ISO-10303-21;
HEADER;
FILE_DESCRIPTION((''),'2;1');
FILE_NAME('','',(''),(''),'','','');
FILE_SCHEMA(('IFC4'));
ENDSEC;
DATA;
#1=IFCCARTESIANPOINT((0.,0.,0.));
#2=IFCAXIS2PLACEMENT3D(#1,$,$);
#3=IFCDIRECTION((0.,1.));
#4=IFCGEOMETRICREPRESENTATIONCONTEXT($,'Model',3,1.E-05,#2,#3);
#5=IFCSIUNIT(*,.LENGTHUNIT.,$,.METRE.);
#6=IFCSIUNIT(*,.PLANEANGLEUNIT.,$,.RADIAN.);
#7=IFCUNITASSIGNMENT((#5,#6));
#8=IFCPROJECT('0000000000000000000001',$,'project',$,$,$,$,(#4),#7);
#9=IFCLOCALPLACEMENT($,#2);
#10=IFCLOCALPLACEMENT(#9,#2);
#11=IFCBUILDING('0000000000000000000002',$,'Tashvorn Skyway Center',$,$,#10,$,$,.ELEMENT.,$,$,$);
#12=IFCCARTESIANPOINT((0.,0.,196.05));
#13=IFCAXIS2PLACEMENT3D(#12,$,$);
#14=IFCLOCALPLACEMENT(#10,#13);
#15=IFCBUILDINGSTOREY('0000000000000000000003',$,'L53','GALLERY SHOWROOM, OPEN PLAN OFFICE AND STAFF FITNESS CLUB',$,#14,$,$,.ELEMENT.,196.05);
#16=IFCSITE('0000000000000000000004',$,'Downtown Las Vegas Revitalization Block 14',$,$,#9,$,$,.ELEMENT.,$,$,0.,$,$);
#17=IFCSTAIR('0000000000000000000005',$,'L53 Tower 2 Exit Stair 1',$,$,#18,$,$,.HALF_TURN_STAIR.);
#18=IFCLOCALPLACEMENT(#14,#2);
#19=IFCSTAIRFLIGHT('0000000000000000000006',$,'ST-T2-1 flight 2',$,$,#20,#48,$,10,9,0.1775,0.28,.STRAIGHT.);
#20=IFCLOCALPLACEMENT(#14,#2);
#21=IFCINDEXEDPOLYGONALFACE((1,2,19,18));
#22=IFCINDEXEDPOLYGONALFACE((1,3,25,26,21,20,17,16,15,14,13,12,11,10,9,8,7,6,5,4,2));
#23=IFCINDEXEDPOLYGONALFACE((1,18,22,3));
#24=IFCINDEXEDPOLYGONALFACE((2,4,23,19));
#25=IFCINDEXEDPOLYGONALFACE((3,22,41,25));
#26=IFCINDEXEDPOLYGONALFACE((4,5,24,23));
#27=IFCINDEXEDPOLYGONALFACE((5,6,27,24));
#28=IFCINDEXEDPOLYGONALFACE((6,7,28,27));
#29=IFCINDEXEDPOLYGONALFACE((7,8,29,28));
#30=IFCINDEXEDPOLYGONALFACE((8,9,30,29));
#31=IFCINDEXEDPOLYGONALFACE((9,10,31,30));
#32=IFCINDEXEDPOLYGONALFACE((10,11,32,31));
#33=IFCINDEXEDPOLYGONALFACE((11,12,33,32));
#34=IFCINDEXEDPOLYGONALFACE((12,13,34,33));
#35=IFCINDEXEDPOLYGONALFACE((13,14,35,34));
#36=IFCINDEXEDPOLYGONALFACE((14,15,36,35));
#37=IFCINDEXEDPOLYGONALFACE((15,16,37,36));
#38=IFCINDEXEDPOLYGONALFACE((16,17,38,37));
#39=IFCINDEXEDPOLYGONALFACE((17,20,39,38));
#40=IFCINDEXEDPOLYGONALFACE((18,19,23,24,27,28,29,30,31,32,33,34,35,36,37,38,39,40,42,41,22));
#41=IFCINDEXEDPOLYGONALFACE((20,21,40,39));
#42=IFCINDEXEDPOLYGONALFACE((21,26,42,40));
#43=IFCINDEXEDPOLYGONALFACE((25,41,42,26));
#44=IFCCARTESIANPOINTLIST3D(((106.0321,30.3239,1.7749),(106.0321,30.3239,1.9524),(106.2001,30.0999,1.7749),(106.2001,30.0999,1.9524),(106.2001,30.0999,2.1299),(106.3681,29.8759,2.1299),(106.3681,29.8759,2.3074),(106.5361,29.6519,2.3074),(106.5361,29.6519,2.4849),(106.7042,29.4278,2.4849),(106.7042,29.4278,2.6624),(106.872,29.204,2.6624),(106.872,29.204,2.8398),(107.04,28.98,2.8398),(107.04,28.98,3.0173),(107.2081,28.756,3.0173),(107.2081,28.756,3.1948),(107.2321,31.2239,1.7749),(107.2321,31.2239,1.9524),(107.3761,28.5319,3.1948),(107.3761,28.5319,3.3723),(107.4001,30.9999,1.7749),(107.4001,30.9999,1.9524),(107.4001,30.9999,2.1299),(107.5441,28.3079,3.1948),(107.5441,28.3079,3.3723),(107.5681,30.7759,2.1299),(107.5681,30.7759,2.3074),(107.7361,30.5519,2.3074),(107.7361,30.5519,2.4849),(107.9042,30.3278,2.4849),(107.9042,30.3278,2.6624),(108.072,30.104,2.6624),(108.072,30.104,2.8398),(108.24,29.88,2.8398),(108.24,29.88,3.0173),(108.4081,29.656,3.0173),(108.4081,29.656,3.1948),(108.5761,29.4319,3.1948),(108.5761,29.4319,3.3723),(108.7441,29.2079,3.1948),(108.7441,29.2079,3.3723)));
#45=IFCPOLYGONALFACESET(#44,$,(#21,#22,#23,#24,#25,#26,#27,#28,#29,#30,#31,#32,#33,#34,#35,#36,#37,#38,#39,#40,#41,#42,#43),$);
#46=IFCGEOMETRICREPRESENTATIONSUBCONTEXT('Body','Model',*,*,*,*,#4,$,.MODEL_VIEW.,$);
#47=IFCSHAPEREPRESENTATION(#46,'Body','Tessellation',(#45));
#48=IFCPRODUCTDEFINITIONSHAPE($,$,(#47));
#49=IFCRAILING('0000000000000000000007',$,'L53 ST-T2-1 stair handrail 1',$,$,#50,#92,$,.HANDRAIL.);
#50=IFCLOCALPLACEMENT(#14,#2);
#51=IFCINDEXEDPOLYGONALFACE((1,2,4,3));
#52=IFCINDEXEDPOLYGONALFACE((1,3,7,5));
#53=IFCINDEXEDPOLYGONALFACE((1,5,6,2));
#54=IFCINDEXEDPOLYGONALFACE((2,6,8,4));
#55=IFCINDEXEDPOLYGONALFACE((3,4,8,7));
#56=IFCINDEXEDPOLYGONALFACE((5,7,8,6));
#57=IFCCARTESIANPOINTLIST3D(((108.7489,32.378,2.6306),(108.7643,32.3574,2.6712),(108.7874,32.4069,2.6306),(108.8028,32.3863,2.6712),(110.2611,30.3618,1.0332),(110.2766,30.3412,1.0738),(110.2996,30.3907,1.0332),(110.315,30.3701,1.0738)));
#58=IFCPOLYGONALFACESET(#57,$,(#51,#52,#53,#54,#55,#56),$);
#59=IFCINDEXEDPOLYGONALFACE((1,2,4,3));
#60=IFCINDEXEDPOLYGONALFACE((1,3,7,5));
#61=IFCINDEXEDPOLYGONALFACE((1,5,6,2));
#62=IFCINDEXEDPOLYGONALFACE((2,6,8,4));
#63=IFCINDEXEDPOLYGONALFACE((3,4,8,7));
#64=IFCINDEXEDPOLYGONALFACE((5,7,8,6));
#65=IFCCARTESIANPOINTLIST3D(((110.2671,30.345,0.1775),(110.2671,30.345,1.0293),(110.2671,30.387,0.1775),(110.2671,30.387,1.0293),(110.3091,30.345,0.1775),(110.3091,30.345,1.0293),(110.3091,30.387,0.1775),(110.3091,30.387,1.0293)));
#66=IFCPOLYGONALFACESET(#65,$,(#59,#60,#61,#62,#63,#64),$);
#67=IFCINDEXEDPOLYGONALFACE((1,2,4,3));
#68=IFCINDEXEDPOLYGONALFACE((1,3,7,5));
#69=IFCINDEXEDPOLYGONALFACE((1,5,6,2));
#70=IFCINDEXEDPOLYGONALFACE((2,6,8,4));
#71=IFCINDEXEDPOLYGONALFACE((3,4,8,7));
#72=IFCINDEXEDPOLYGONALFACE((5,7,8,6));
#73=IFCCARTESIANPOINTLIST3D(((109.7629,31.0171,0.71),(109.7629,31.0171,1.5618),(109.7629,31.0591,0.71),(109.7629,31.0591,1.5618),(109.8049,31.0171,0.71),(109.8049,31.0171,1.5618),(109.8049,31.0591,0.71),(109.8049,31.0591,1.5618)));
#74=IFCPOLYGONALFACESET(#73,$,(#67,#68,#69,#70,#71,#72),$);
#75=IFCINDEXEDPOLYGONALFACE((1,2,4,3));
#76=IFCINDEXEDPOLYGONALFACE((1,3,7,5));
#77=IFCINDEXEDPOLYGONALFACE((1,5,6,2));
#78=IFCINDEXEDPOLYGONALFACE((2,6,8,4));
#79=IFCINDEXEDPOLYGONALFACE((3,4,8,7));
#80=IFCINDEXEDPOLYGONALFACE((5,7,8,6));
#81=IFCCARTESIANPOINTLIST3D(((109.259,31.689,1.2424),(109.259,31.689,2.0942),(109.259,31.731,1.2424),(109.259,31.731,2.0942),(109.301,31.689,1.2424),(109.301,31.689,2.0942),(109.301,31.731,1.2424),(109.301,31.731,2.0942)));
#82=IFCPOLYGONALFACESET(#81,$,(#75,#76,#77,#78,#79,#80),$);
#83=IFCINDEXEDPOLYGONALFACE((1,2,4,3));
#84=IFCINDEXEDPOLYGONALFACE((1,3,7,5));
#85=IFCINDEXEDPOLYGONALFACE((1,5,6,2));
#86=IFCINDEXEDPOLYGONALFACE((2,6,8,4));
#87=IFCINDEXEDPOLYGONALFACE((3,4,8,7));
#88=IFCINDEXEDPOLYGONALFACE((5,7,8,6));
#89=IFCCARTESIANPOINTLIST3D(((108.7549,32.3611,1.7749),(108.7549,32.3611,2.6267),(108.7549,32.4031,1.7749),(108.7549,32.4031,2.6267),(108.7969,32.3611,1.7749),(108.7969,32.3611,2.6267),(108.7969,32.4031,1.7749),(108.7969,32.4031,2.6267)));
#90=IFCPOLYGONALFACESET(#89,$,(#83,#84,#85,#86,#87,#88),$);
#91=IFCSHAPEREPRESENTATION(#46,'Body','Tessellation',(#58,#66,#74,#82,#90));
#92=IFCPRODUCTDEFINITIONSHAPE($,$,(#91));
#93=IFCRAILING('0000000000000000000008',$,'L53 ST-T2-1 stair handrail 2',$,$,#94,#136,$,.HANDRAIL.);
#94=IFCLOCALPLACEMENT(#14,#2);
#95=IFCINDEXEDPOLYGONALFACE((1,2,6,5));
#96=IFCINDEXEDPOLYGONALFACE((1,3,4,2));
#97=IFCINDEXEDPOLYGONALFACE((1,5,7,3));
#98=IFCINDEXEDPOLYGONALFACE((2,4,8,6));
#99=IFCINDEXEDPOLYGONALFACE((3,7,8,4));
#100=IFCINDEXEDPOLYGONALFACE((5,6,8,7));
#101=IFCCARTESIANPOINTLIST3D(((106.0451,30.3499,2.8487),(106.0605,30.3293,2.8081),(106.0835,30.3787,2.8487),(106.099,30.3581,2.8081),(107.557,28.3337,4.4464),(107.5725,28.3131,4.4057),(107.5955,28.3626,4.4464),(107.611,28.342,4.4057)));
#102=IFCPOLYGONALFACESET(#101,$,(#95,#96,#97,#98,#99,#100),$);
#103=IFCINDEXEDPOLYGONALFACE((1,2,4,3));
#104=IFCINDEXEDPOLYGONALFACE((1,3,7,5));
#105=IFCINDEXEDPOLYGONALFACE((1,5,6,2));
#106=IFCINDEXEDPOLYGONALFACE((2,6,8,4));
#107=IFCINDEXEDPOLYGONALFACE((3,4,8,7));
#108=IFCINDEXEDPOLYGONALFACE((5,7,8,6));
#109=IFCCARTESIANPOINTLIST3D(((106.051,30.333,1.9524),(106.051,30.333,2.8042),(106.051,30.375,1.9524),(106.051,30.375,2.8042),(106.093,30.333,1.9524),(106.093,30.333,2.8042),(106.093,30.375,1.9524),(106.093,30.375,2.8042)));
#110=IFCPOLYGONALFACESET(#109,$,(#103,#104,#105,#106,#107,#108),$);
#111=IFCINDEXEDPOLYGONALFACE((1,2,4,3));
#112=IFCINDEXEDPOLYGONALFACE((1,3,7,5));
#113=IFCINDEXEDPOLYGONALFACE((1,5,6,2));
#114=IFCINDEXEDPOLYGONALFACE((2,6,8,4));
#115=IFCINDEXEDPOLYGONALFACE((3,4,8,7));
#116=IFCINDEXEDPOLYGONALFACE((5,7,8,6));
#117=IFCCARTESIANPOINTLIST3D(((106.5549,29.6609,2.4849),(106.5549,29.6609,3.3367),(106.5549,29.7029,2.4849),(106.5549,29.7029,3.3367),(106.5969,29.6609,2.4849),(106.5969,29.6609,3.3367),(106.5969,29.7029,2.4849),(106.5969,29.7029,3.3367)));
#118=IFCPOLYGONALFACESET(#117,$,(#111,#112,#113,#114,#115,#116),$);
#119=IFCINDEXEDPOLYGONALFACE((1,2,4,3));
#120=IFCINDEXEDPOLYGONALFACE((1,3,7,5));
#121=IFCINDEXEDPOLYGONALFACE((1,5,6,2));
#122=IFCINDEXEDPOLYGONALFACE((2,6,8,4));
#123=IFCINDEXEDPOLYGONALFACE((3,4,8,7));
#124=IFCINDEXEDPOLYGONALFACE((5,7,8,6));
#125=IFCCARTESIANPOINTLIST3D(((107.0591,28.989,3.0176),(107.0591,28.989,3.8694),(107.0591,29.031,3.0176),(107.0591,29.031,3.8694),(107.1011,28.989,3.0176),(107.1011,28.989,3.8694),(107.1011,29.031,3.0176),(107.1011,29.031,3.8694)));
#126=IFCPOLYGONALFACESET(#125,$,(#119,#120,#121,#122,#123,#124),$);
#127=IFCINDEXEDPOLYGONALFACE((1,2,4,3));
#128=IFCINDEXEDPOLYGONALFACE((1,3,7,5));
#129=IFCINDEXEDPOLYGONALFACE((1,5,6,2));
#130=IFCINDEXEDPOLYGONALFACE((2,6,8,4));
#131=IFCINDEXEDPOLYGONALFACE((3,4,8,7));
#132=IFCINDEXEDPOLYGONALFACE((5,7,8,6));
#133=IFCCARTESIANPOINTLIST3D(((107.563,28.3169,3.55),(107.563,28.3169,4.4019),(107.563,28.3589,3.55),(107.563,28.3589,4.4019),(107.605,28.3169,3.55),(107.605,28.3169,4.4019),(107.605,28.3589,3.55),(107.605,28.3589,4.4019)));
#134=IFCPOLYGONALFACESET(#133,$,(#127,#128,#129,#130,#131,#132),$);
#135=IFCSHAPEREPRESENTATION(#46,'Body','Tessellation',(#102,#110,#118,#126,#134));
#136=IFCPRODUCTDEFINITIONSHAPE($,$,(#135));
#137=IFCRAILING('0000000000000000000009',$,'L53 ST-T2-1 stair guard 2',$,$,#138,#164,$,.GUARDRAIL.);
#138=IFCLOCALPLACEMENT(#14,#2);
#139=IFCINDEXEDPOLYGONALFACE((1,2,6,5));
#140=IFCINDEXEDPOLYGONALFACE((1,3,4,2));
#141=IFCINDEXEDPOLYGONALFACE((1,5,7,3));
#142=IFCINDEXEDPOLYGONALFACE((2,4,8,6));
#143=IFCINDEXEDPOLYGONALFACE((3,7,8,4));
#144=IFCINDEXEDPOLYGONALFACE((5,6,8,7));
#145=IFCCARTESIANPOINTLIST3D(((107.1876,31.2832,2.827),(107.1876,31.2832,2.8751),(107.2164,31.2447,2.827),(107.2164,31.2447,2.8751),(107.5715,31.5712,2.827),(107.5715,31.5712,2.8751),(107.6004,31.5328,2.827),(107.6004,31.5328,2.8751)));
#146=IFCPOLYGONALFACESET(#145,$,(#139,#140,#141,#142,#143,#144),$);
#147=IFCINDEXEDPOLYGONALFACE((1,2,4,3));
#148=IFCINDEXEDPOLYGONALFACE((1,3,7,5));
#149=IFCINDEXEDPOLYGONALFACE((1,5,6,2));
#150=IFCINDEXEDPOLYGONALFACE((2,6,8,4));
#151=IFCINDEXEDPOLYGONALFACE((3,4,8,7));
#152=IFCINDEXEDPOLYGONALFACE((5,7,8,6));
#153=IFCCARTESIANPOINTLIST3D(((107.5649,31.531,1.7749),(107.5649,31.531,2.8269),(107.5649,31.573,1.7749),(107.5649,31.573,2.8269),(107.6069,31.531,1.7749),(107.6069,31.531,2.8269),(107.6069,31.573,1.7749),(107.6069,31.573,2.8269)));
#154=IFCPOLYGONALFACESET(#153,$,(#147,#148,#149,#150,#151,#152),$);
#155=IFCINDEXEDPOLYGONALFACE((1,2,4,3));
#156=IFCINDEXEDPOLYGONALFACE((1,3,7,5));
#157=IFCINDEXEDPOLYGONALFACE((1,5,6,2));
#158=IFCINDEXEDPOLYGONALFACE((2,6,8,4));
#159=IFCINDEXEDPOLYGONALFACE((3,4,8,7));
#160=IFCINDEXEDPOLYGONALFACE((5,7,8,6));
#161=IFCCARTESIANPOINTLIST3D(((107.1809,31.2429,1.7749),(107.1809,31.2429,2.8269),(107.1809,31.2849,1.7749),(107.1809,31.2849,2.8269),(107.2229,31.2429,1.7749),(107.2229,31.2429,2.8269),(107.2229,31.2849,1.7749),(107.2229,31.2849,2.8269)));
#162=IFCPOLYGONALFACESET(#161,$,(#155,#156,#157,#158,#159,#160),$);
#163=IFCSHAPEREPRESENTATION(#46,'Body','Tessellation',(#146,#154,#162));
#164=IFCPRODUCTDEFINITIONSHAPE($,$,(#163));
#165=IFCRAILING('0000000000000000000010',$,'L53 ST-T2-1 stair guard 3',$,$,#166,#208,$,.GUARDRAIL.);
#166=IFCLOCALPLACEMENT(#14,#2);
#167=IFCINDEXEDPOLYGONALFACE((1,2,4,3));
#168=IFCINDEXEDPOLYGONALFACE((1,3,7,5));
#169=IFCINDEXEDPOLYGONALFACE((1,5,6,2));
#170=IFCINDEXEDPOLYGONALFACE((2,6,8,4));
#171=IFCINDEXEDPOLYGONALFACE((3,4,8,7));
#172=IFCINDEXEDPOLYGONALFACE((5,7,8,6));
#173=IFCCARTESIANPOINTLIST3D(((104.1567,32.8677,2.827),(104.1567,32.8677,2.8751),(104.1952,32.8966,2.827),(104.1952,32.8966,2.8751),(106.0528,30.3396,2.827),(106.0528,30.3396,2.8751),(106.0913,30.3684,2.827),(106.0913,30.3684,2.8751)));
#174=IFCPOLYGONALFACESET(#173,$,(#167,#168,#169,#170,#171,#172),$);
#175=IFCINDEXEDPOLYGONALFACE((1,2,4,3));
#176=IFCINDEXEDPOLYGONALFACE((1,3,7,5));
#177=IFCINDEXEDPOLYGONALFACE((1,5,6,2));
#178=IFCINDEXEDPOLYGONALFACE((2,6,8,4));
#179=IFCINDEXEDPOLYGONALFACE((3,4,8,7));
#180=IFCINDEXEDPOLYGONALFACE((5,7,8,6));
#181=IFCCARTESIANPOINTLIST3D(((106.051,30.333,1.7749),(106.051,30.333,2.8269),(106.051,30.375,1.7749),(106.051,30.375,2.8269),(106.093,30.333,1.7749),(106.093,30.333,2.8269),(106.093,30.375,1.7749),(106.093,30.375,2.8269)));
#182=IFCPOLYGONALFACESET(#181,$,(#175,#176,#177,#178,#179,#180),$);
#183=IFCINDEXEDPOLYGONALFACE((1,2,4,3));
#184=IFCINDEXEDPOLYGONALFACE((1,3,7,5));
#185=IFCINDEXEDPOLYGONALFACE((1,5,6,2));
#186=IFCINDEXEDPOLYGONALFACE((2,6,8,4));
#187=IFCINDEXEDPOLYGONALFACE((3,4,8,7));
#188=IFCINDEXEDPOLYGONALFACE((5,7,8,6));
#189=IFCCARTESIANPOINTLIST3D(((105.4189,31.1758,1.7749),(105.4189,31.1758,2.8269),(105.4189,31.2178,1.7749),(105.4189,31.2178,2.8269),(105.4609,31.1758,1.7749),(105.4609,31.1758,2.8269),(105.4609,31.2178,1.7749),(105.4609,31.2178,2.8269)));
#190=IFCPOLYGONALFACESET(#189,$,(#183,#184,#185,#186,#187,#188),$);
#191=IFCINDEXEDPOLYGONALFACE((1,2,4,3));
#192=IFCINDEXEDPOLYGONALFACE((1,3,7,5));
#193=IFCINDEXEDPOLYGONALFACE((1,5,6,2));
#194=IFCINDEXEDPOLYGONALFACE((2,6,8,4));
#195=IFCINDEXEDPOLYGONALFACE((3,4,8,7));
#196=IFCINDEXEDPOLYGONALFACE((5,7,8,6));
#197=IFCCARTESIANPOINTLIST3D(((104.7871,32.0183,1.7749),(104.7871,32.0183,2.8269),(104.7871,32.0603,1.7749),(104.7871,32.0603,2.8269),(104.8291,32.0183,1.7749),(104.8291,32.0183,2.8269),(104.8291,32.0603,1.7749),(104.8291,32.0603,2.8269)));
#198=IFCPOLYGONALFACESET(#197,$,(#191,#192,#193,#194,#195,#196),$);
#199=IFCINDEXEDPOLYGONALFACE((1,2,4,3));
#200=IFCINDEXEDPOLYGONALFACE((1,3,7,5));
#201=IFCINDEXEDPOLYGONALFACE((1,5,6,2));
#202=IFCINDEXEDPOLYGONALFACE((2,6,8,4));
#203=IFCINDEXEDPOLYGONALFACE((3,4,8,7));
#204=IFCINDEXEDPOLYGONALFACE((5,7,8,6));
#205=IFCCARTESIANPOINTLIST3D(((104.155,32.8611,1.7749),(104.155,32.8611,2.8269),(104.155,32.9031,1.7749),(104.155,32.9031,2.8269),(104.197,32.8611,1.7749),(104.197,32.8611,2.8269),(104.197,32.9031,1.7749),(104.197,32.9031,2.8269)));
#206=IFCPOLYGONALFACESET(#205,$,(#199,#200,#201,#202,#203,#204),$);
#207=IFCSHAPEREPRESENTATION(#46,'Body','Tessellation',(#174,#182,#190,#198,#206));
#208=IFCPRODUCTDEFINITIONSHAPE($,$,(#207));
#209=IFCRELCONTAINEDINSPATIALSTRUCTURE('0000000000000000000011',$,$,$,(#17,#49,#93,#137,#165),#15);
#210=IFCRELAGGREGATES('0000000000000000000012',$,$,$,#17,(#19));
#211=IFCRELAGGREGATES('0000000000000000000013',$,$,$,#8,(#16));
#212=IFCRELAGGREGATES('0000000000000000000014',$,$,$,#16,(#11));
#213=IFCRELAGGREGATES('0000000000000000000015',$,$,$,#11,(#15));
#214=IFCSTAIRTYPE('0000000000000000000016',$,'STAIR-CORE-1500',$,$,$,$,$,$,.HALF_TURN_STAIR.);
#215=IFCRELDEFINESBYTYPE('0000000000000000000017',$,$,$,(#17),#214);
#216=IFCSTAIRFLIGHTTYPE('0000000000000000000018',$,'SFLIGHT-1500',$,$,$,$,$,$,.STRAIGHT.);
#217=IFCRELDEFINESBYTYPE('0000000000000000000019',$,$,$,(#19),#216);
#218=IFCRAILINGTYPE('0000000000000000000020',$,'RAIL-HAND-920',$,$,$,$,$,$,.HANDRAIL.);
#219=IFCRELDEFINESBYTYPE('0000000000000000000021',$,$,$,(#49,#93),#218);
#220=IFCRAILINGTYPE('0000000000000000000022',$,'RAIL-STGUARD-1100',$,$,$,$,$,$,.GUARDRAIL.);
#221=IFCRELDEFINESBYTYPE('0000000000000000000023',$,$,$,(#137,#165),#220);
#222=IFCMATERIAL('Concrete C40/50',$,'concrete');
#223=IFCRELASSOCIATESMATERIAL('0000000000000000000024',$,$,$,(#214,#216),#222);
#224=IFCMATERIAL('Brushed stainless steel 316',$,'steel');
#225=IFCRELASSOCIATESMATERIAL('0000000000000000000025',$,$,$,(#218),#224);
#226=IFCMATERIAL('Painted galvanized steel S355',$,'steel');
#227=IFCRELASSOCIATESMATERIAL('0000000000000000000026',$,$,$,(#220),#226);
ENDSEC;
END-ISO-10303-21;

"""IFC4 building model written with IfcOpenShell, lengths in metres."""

from ifc_helpers import new_model, si_unit, direction, frame, origin, origin_2d, place, context, subcontext, project, spatial, polyline, rectangle, outline, extrude, material, type_object, element, aggregate, save


model = new_model("IFC4")

# Units and contexts
model_context = context("Model", 3, precision=1e-05, world=origin(), true_north=direction((0.0, 1.0)))
body_context = subcontext(model_context, "Body", "Model", "MODEL_VIEW")
ifc_project = project(units=[si_unit("LENGTHUNIT", "METRE"), si_unit("PLANEANGLEUNIT", "RADIAN")], contexts=[model_context])

# Site, building, storey
site_placement = place(None, origin())
site = spatial("IfcSite", under=ifc_project, at=site_placement, Name="Downtown Las Vegas Revitalization Block 14", CompositionType="ELEMENT", RefElevation=0.0)
building_placement = place(site_placement, origin())
building = spatial("IfcBuilding", under=site, at=building_placement, Name="Tashvorn Skyway Center", CompositionType="ELEMENT")
storey_placement = place(building_placement, frame((0.0, 0.0, 196.05)))
storey = spatial("IfcBuildingStorey", under=building, at=storey_placement, Name="L53", Description="GALLERY SHOWROOM, OPEN PLAN OFFICE AND STAFF FITNESS CLUB", CompositionType="ELEMENT", Elevation=196.05)

# Shared definitions
ifc_material_1 = material(Name="Concrete C40/50", Category="concrete")

# Stair, stair flight
stair_type = type_object("IfcStairType", Name="STAIR-CORE-1500", PredefinedType="HALF_TURN_STAIR", material=ifc_material_1)
stair_placement = place(storey_placement, origin())
stair = element("IfcStair", 1, at=stair_placement, inside=storey, type_object=stair_type, Name="L53 Tower 2 Exit Stair 1", PredefinedType="HALF_TURN_STAIR")
stair_flight_type = type_object("IfcStairFlightType", Name="SFLIGHT-1500", PredefinedType="STRAIGHT", material=ifc_material_1)
stair_flight_placement = place(storey_placement, frame((106.6321, 30.7739, 1.7749), z_axis=(0.0, 0.0, 1.0), x_axis=(0.6, -0.8, 0.0)))
stair_flight = element("IfcStairFlight", 2, at=stair_flight_placement, type_object=stair_flight_type, Name="ST-T2-1 flight 2", NumberOfRisers=10, NumberOfTreads=9, PredefinedType="STRAIGHT", RiserHeight=0.1775, TreadLength=0.28, context=body_context, shape_type="SweptSolid", body=[
    extrude(outline(polyline([(0.0, 0.0), (0.0, 0.1775), (0.28, 0.1775), (0.28, 0.355), (0.5601, 0.355), (0.5601, 0.5325), (0.8401, 0.5325), (0.8401, 0.71), (1.1201, 0.71), (1.1201, 0.8875), (1.3999, 0.8875), (1.3999, 1.0649), (1.6799, 1.0649), (1.6799, 1.2424), (1.96, 1.2424), (1.96, 1.4199), (2.24, 1.4199), (2.24, 1.5974), (2.52, 1.5974), (2.52, 1.7749), (2.52, 1.4199), (0.28, 0.0), (0.0, 0.0)])), frame((0.0, 0.75, 0.0), z_axis=(0.0, -1.0, 0.0), x_axis=(1.0, 0.0, 0.0)), (0.0, 0.0, 1.0), 1.5),
])
aggregate(stair, [stair_flight])

# Railings
ifc_material_2 = material(Name="Brushed stainless steel 316", Category="steel")
railing_type_1 = type_object("IfcRailingType", Name="RAIL-HAND-920", PredefinedType="HANDRAIL", material=ifc_material_2)
railing_1_placement = place(storey_placement, frame((110.2881, 30.366, 0.1775)))
element("IfcRailing", 3, at=railing_1_placement, inside=storey, type_object=railing_type_1, Name="L53 ST-T2-1 stair handrail 1", PredefinedType="HANDRAIL", context=body_context, shape_type="SweptSolid", body=[
    extrude(rectangle(XDim=0.0481, YDim=0.0481, at=origin_2d()), frame((0.0, 0.0, 0.876), z_axis=(-0.506802, 0.675681, 0.535357), x_axis=(-0.799977, -0.600031, 0.0)), (0.0, 0.0, 1.0), 2.9839),
    extrude(rectangle(XDim=0.042, YDim=0.042, at=origin_2d()), origin(), (0.0, 0.0, 1.0), 0.8518),
    extrude(rectangle(XDim=0.042, YDim=0.042, at=origin_2d()), frame((-0.5042, 0.6721, 0.5325)), (0.0, 0.0, 1.0), 0.8518),
    extrude(rectangle(XDim=0.042, YDim=0.042, at=origin_2d()), frame((-1.0081, 1.344, 1.0649)), (0.0, 0.0, 1.0), 0.8518),
    extrude(rectangle(XDim=0.042, YDim=0.042, at=origin_2d()), frame((-1.5122, 2.0161, 1.5974)), (0.0, 0.0, 1.0), 0.8518),
])
railing_2_placement = place(storey_placement, frame((106.072, 30.354, 1.9524)))
element("IfcRailing", 4, at=railing_2_placement, inside=storey, type_object=railing_type_1, Name="L53 ST-T2-1 stair handrail 2", PredefinedType="HANDRAIL", context=body_context, shape_type="SweptSolid", body=[
    extrude(rectangle(XDim=0.0481, YDim=0.0481, at=origin_2d()), frame((0.0, 0.0, 0.876), z_axis=(0.506719, -0.675679, 0.535438), x_axis=(0.800023, 0.599969, 0.0)), (0.0, 0.0, 1.0), 2.9839),
    extrude(rectangle(XDim=0.042, YDim=0.042, at=origin_2d()), origin(), (0.0, 0.0, 1.0), 0.8518),
    extrude(rectangle(XDim=0.042, YDim=0.042, at=origin_2d()), frame((0.5039, -0.6721, 0.5325)), (0.0, 0.0, 1.0), 0.8518),
    extrude(rectangle(XDim=0.042, YDim=0.042, at=origin_2d()), frame((1.0081, -1.344, 1.0652)), (0.0, 0.0, 1.0), 0.8518),
    extrude(rectangle(XDim=0.042, YDim=0.042, at=origin_2d()), frame((1.512, -2.0161, 1.5977)), (0.0, 0.0, 1.0), 0.8518),
])
ifc_material_3 = material(Name="Painted galvanized steel S355", Category="steel")
railing_type_2 = type_object("IfcRailingType", Name="RAIL-STGUARD-1100", PredefinedType="GUARDRAIL", material=ifc_material_3)
railing_3_placement = place(storey_placement, frame((107.5859, 31.552, 1.7749)))
element("IfcRailing", 5, at=railing_3_placement, inside=storey, type_object=railing_type_2, Name="L53 ST-T2-1 stair guard 2", PredefinedType="GUARDRAIL", context=body_context, shape_type="SweptSolid", body=[
    extrude(rectangle(XDim=0.0481, YDim=0.0481, at=origin_2d()), frame((0.0, 0.0, 1.0762), z_axis=(-0.799939, -0.600081, 0.0), x_axis=(0.600081, -0.799939, 0.0)), (0.0, 0.0, 1.0), 0.48),
    extrude(rectangle(XDim=0.042, YDim=0.042, at=origin_2d()), origin(), (0.0, 0.0, 1.0), 1.052),
    extrude(rectangle(XDim=0.042, YDim=0.042, at=origin_2d()), frame((-0.384, -0.2881, 0.0)), (0.0, 0.0, 1.0), 1.052),
])
railing_4_placement = place(storey_placement, frame((106.072, 30.354, 1.7749)))
element("IfcRailing", 6, at=railing_4_placement, inside=storey, type_object=railing_type_2, Name="L53 ST-T2-1 stair guard 3", PredefinedType="GUARDRAIL", context=body_context, shape_type="SweptSolid", body=[
    extrude(rectangle(XDim=0.0481, YDim=0.0481, at=origin_2d()), frame((0.0, 0.0, 1.0762), z_axis=(-0.599988, 0.800009, 0.0), x_axis=(-0.800009, -0.599988, 0.0)), (0.0, 0.0, 1.0), 3.1602),
    extrude(rectangle(XDim=0.042, YDim=0.042, at=origin_2d()), origin(), (0.0, 0.0, 1.0), 1.052),
    extrude(rectangle(XDim=0.042, YDim=0.042, at=origin_2d()), frame((-0.6321, 0.8428, 0.0)), (0.0, 0.0, 1.0), 1.052),
    extrude(rectangle(XDim=0.042, YDim=0.042, at=origin_2d()), frame((-1.2639, 1.6853, 0.0)), (0.0, 0.0, 1.0), 1.052),
    extrude(rectangle(XDim=0.042, YDim=0.042, at=origin_2d()), frame((-1.896, 2.5281, 0.0)), (0.0, 0.0, 1.0), 1.052),
])

save(model, "model.ifc")
